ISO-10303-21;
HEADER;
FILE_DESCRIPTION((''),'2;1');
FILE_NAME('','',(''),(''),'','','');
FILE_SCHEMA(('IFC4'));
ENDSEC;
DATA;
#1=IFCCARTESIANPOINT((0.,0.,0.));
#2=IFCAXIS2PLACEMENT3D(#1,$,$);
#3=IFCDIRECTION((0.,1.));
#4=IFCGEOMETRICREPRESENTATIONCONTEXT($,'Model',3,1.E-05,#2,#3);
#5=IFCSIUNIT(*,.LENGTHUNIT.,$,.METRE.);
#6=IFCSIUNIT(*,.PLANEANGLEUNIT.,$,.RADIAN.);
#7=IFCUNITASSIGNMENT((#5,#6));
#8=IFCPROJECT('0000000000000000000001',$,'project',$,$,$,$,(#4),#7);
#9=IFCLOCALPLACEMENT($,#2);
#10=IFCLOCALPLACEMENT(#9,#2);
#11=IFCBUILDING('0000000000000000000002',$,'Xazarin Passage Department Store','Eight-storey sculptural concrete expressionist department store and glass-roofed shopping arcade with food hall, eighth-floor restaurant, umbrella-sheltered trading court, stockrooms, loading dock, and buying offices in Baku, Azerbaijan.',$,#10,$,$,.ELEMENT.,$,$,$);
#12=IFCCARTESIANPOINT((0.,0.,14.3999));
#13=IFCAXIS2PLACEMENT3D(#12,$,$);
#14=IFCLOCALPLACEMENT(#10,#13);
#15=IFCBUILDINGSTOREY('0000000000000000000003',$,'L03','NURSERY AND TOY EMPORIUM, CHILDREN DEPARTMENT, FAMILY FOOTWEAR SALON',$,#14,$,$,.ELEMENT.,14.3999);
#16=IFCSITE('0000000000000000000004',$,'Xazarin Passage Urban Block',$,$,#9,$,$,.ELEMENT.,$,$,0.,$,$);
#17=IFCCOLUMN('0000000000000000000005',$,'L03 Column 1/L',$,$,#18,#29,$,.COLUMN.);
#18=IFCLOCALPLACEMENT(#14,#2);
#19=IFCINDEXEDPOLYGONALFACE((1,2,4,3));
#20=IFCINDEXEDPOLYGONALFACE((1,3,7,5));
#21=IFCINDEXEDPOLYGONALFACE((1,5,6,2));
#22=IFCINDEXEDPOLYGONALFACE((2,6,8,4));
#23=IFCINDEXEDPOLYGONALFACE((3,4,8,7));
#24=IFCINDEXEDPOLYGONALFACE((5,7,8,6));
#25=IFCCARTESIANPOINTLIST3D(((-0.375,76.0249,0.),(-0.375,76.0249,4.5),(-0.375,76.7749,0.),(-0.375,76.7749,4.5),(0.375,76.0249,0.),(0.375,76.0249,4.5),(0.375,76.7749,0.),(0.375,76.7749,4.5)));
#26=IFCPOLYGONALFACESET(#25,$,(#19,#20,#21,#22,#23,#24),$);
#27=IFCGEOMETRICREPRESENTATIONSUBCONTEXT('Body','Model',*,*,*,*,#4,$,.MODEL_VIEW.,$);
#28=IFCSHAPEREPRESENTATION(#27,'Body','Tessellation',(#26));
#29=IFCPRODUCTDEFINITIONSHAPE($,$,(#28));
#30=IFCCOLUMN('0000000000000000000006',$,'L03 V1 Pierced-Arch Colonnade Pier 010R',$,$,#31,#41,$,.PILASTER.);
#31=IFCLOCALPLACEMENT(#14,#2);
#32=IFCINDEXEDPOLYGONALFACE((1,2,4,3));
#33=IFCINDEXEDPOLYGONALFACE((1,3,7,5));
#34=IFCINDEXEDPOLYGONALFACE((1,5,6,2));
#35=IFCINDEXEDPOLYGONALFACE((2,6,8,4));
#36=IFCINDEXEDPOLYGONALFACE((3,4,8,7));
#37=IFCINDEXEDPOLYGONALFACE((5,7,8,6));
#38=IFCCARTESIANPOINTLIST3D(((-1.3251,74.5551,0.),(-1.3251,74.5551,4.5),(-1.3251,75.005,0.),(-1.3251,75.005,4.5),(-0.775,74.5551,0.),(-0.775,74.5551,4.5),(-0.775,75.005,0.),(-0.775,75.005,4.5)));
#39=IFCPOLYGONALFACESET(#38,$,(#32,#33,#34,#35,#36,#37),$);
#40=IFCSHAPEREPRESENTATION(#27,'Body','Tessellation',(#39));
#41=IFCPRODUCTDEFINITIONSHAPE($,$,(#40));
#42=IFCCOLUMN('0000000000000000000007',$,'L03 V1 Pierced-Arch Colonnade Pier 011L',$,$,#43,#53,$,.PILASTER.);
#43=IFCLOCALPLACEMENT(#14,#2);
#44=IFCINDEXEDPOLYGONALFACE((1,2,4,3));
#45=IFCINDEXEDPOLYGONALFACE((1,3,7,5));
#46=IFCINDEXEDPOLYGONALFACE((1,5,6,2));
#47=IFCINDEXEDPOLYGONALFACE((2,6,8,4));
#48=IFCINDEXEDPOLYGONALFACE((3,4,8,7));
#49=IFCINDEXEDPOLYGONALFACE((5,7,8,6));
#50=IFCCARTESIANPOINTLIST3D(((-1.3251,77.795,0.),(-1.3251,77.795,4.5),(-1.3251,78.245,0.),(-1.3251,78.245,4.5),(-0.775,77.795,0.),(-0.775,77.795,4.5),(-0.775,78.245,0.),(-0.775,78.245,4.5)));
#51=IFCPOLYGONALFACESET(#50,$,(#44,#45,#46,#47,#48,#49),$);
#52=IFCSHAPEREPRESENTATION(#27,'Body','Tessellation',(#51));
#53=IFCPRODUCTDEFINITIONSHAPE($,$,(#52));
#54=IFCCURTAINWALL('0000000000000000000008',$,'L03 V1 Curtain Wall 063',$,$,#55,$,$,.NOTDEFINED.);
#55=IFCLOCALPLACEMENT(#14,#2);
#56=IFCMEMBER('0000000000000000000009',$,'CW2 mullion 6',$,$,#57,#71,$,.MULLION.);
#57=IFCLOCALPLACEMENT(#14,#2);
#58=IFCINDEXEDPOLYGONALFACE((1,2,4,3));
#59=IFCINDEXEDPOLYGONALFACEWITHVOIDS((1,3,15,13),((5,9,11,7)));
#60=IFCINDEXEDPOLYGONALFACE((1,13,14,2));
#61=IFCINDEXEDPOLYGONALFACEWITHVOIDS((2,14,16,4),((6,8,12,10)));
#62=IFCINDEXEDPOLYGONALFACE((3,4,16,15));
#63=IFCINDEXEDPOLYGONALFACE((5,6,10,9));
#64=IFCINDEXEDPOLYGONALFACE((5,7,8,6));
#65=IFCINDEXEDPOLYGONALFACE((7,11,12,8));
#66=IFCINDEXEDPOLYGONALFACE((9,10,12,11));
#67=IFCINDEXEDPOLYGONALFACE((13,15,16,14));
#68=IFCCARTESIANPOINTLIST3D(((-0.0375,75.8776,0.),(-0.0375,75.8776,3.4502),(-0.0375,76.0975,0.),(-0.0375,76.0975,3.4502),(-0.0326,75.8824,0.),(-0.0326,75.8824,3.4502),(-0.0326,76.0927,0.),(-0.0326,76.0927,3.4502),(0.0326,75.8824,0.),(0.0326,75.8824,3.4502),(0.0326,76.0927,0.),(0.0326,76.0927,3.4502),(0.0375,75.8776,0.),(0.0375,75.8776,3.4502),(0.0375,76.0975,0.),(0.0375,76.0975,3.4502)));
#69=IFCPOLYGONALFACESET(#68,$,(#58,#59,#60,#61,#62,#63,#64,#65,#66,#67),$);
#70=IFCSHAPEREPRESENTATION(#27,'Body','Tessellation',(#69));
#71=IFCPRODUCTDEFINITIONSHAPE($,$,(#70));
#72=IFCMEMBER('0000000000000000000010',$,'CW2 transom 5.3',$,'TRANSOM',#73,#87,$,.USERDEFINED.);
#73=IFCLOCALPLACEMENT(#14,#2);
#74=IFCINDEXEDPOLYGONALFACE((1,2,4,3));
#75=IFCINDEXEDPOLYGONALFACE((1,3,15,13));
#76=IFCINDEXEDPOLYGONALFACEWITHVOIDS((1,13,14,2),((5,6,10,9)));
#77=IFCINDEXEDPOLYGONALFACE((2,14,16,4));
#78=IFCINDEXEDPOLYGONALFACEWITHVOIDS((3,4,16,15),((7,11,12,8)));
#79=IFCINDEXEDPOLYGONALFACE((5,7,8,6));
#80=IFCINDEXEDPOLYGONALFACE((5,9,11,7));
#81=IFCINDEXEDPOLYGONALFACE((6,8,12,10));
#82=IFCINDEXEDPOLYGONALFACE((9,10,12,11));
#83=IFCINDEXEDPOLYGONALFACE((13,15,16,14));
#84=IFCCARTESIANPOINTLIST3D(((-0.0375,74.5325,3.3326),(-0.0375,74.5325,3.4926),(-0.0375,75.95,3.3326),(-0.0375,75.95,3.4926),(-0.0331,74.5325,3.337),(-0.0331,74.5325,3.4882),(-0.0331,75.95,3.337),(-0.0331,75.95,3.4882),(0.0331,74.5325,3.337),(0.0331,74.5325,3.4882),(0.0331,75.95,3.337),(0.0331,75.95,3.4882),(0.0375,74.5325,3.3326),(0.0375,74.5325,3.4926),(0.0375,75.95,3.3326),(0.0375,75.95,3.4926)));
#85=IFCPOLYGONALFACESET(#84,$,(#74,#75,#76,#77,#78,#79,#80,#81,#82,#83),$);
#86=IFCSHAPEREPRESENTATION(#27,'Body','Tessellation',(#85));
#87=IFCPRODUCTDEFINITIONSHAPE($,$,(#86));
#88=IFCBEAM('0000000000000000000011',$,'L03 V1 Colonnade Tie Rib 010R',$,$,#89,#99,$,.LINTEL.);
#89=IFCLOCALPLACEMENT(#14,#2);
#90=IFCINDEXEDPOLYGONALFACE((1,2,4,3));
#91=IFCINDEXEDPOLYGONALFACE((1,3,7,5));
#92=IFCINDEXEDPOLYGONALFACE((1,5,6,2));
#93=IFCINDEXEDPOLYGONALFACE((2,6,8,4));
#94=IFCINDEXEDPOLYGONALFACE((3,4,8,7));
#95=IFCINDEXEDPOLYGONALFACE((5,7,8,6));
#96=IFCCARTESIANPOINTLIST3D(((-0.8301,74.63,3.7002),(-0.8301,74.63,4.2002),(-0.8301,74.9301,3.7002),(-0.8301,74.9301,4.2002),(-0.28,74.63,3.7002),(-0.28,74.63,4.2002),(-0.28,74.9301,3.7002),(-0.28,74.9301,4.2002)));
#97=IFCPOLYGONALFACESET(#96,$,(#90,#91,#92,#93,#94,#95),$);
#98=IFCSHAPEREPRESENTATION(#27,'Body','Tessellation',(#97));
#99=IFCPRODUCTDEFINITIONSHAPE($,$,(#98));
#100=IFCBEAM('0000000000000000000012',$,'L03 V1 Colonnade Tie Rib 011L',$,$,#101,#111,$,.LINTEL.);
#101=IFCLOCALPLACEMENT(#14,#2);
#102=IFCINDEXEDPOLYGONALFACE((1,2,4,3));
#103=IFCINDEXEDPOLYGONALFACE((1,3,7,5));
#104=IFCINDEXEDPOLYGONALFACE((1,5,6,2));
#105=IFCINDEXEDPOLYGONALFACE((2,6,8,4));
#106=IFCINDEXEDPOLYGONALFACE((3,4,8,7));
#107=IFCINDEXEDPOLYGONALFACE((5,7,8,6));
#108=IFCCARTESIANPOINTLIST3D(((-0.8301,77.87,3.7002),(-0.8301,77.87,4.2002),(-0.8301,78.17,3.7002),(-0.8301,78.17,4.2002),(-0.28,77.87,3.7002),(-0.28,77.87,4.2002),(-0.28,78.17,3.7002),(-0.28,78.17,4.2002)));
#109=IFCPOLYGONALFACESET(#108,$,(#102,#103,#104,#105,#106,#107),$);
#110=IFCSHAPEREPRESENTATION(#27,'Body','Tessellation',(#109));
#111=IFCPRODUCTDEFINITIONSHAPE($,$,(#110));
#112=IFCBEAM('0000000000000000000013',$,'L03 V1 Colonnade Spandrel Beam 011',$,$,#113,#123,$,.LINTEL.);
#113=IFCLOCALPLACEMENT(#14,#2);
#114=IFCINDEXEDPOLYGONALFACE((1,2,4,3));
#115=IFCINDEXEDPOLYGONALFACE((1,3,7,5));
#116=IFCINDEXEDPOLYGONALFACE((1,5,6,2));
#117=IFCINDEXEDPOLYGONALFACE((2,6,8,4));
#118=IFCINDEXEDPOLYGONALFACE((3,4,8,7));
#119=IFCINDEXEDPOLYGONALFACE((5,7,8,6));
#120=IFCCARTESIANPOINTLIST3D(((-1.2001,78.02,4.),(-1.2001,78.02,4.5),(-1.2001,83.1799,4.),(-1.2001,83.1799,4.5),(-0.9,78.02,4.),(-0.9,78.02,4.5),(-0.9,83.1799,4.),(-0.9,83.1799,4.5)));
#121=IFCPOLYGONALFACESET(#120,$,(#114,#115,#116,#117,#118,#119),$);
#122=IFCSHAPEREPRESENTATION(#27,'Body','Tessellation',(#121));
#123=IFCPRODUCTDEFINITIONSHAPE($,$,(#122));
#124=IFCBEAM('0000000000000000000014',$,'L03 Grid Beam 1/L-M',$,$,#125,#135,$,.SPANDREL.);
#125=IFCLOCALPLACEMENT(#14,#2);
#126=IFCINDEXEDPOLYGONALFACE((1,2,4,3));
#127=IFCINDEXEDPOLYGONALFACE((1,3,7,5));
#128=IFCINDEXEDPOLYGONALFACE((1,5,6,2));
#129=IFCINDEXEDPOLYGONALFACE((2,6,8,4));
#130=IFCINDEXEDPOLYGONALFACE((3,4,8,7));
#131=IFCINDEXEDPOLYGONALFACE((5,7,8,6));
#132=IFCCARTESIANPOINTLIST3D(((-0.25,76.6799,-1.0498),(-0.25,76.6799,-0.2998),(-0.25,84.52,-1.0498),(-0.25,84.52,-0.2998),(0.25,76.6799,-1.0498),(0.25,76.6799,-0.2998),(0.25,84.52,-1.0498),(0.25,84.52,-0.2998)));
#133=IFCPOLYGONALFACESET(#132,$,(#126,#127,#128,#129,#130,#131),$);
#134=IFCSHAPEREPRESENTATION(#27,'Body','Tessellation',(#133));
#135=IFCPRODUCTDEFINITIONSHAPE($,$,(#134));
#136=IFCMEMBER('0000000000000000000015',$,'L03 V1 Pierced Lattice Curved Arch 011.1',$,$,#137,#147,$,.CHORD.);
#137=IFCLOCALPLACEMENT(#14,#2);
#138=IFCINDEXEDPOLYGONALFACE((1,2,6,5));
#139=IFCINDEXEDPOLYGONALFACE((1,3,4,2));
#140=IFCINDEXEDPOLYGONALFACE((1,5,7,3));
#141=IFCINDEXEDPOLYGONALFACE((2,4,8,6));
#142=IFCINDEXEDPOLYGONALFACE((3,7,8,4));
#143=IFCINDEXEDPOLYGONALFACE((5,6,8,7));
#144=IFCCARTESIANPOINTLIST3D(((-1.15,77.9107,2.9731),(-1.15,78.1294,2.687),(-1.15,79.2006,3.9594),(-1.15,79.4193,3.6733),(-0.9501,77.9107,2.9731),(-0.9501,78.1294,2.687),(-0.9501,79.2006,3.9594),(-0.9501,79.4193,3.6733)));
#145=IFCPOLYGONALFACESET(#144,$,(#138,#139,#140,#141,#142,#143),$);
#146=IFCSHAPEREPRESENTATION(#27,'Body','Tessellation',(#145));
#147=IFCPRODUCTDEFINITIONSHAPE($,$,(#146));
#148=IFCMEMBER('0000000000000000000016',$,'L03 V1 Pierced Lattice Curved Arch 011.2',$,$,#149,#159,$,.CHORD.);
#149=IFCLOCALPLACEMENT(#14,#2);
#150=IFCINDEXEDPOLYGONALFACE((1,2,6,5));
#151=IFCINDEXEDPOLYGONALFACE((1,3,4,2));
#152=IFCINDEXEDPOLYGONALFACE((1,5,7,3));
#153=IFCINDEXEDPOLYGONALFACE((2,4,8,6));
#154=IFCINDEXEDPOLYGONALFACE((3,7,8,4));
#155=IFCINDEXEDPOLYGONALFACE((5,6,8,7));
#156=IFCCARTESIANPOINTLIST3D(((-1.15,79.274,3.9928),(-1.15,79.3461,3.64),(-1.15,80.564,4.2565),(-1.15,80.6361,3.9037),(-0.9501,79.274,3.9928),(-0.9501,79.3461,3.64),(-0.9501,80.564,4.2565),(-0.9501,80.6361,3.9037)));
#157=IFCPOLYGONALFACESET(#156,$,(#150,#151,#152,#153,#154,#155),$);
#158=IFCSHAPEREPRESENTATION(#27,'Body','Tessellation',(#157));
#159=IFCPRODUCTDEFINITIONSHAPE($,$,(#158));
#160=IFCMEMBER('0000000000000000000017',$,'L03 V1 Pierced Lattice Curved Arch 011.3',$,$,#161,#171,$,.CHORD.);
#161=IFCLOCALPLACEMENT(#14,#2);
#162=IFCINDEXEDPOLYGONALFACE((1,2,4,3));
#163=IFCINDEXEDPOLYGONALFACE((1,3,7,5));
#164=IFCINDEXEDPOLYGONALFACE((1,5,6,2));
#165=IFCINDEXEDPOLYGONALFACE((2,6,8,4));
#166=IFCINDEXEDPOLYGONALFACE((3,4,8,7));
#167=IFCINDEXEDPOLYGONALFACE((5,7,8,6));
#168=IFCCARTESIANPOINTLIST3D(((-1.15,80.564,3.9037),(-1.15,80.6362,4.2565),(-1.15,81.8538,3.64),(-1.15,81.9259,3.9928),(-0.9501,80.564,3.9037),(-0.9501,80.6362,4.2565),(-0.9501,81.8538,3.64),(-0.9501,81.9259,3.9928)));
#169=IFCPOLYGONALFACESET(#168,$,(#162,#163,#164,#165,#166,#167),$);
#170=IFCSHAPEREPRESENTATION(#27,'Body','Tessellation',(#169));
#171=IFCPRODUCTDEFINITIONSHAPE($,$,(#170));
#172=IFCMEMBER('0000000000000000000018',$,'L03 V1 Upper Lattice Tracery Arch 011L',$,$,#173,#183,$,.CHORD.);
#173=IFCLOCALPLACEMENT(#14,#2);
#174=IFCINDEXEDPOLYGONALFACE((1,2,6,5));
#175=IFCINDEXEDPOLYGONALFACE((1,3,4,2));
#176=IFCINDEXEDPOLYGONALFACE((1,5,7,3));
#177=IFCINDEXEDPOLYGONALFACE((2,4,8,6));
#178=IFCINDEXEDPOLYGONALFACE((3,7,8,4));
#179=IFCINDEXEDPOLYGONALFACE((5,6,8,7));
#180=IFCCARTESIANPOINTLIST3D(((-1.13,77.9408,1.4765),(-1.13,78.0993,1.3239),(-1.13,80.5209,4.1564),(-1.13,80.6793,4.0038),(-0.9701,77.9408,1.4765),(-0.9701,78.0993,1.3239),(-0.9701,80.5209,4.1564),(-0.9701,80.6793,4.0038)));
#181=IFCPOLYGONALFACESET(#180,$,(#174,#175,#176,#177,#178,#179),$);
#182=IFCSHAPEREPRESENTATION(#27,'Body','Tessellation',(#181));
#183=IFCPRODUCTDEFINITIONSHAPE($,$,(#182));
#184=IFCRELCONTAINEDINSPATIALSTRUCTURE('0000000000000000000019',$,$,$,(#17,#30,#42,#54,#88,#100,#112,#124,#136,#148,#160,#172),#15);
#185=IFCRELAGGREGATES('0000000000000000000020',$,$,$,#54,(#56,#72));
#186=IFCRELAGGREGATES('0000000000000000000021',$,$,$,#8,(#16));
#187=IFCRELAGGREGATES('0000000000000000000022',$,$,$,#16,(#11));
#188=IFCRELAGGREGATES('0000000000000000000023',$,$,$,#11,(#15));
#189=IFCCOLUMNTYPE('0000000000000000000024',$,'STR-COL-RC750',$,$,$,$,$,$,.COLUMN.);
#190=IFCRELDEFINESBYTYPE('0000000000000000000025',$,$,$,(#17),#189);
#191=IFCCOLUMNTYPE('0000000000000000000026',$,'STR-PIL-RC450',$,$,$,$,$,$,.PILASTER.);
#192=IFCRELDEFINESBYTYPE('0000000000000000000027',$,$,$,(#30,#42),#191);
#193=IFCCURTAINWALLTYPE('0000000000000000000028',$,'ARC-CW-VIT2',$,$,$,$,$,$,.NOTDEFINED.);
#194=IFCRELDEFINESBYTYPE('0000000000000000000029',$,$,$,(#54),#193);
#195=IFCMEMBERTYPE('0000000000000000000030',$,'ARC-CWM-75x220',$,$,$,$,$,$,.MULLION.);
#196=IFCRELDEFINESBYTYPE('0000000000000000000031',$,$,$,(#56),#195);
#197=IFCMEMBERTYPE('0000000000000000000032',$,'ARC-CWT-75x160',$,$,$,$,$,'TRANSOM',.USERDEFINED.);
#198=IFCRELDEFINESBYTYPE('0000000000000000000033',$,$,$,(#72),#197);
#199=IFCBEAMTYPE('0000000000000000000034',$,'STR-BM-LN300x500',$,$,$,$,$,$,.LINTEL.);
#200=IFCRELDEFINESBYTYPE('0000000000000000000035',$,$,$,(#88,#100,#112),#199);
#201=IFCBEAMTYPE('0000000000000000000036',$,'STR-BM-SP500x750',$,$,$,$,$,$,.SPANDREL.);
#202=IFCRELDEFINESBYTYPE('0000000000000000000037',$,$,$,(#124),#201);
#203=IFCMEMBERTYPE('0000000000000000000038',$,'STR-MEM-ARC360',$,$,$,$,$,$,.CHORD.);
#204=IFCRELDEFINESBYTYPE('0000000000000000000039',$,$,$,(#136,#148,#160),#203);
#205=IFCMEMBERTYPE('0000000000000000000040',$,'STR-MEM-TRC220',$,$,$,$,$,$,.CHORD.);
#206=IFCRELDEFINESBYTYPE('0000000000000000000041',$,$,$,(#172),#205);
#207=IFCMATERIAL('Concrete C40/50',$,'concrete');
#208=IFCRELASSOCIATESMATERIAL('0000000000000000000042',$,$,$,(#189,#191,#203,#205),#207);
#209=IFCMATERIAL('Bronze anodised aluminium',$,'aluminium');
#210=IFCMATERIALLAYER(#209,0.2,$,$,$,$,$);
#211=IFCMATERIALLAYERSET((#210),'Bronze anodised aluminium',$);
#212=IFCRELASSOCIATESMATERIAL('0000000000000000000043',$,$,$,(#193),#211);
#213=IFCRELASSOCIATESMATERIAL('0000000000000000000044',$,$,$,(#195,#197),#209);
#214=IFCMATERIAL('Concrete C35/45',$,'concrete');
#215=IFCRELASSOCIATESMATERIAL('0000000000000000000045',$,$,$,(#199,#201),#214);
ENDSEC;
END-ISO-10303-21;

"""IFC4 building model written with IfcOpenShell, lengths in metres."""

from ifc_helpers import new_model, si_unit, direction, frame, origin, origin_2d, place, context, subcontext, project, spatial, rectangle, hollow_rectangle, extrude, material, layer, layer_set, material_profile, profile_set, type_object, element, aggregate, save


model = new_model("IFC4")

# Units and contexts
model_context = context("Model", 3, precision=1e-05, world=origin(), true_north=direction((0.0, 1.0)))
body_context = subcontext(model_context, "Body", "Model", "MODEL_VIEW")
ifc_project = project(units=[si_unit("LENGTHUNIT", "METRE"), si_unit("PLANEANGLEUNIT", "RADIAN")], contexts=[model_context])

# Site, building, storey
site_placement = place(None, origin())
site = spatial("IfcSite", under=ifc_project, at=site_placement, Name="Xazarin Passage Urban Block", CompositionType="ELEMENT", RefElevation=0.0)
building_placement = place(site_placement, origin())
building = spatial("IfcBuilding", under=site, at=building_placement, Name="Xazarin Passage Department Store", Description="Eight-storey sculptural concrete expressionist department store and glass-roofed shopping arcade with food hall, eighth-floor restaurant, umbrella-sheltered trading court, stockrooms, loading dock, and buying offices in Baku, Azerbaijan.", CompositionType="ELEMENT")
storey_placement = place(building_placement, frame((0.0, 0.0, 14.3999)))
storey = spatial("IfcBuildingStorey", under=building, at=storey_placement, Name="L03", Description="NURSERY AND TOY EMPORIUM, CHILDREN DEPARTMENT, FAMILY FOOTWEAR SALON", CompositionType="ELEMENT", Elevation=14.3999)

# Columns
ifc_material_1 = material(Name="Concrete C40/50", Category="concrete")
ifc_material_profile_1 = material_profile(ifc_material_1, rectangle(XDim=0.75, YDim=0.75, at=origin_2d()), Name="RC 750x750")
ifc_profile_set_1 = profile_set([ifc_material_profile_1], Name="Concrete C40/50")
column_type_1 = type_object("IfcColumnType", Name="STR-COL-RC750", PredefinedType="COLUMN", material=ifc_profile_set_1)
column_placement = place(storey_placement, frame((0.0, 76.3999, 0.0), z_axis=(0.0, 0.0, 1.0), x_axis=(1.0, 0.0, 0.0)))
element("IfcColumn", 1, at=column_placement, inside=storey, type_object=column_type_1, Name="L03 Column 1/L", PredefinedType="COLUMN", context=body_context, shape_type="SweptSolid", body=[
    extrude(rectangle(XDim=0.75, YDim=0.75, at=origin_2d()), origin(), (0.0, 0.0, 1.0), 4.5),
])
ifc_material_profile_2 = material_profile(ifc_material_1, rectangle(XDim=0.45, YDim=0.55, at=origin_2d()), Name="RC 450x550")
ifc_profile_set_2 = profile_set([ifc_material_profile_2], Name="Concrete C40/50")
column_type_2 = type_object("IfcColumnType", Name="STR-PIL-RC450", PredefinedType="PILASTER", material=ifc_profile_set_2)
for number, where, z_axis, x_axis, name in (
    (2, (-1.05, 74.78, 0.0), (0.0, 0.0, 1.0), (0.0, 1.0, 0.0), "L03 V1 Pierced-Arch Colonnade Pier 010R"),
    (3, (-1.05, 78.02, 0.0), (0.0, 0.0, 1.0), (0.0, 1.0, 0.0), "L03 V1 Pierced-Arch Colonnade Pier 011L"),
):
    element("IfcColumn", number, at=place(storey_placement, frame(where, z_axis=z_axis, x_axis=x_axis)), inside=storey, type_object=column_type_2, Name=name, PredefinedType="PILASTER", context=body_context, shape_type="SweptSolid", body=[
        extrude(rectangle(XDim=0.45, YDim=0.55, at=origin_2d()), origin(), (0.0, 0.0, 1.0), 4.5),
    ])

# Curtain wall, members
ifc_material_2 = material(Name="Bronze anodised aluminium", Category="aluminium")
ifc_layer_1 = layer(ifc_material_2, 0.2)
ifc_layer_set_1 = layer_set([ifc_layer_1], Name="Bronze anodised aluminium")
curtain_wall_type = type_object("IfcCurtainWallType", Name="ARC-CW-VIT2", PredefinedType="NOTDEFINED", material=ifc_layer_set_1)
curtain_wall_placement = place(storey_placement, origin())
curtain_wall = element("IfcCurtainWall", 4, at=curtain_wall_placement, inside=storey, type_object=curtain_wall_type, Name="L03 V1 Curtain Wall 063", PredefinedType="NOTDEFINED")
ifc_material_profile_3 = material_profile(ifc_material_2, hollow_rectangle(XDim=0.075, YDim=0.22, WallThickness=0.0049, at=origin_2d()), Name="ALU 75x220")
ifc_profile_set_3 = profile_set([ifc_material_profile_3], Name="Bronze anodised aluminium")
member_type_1 = type_object("IfcMemberType", Name="ARC-CWM-75x220", PredefinedType="MULLION", material=ifc_profile_set_3)
member_1_placement = place(storey_placement, frame((0.0, 75.9875, 0.0), z_axis=(0.0, 0.0, 1.0), x_axis=(-1.0, 0.0, 0.0)))
member_1 = element("IfcMember", 5, at=member_1_placement, type_object=member_type_1, Name="CW2 mullion 6", PredefinedType="MULLION", context=body_context, shape_type="SweptSolid", body=[
    extrude(hollow_rectangle(XDim=0.075, YDim=0.22, WallThickness=0.0049, at=origin_2d()), origin(), (0.0, 0.0, 1.0), 3.4502),
])
ifc_material_profile_4 = material_profile(ifc_material_2, hollow_rectangle(XDim=0.075, YDim=0.1599, WallThickness=0.0044, at=origin_2d()), Name="ALU 75x160")
ifc_profile_set_4 = profile_set([ifc_material_profile_4], Name="Bronze anodised aluminium")
member_type_2 = type_object("IfcMemberType", Name="ARC-CWT-75x160", ElementType="TRANSOM", PredefinedType="USERDEFINED", material=ifc_profile_set_4)
member_2_placement = place(storey_placement, frame((0.0, 74.5325, 3.4126), z_axis=(0.0, 1.0, 0.0), x_axis=(-1.0, 0.0, 0.0)))
member_2 = element("IfcMember", 6, at=member_2_placement, type_object=member_type_2, Name="CW2 transom 5.3", ObjectType="TRANSOM", PredefinedType="USERDEFINED", context=body_context, shape_type="SweptSolid", body=[
    extrude(hollow_rectangle(XDim=0.075, YDim=0.1599, WallThickness=0.0044, at=origin_2d()), origin(), (0.0, 0.0, 1.0), 1.4175),
])

# Beams
ifc_material_3 = material(Name="Concrete C35/45", Category="concrete")
ifc_material_profile_5 = material_profile(ifc_material_3, rectangle(XDim=0.3, YDim=0.5, at=origin_2d()), Name="RC 300x500")
ifc_profile_set_5 = profile_set([ifc_material_profile_5], Name="Concrete C35/45")
beam_type_1 = type_object("IfcBeamType", Name="STR-BM-LN300x500", PredefinedType="LINTEL", material=ifc_profile_set_5)
for number, where, z_axis, x_axis, name in (
    (7, (-0.28, 74.78, 3.9502), (-1.0, 0.0, 0.0), (0.0, -1.0, 0.0), "L03 V1 Colonnade Tie Rib 010R"),
    (8, (-0.28, 78.02, 3.9502), (-1.0, 0.0, 0.0), (0.0, -1.0, 0.0), "L03 V1 Colonnade Tie Rib 011L"),
):
    element("IfcBeam", number, at=place(storey_placement, frame(where, z_axis=z_axis, x_axis=x_axis)), inside=storey, type_object=beam_type_1, Name=name, PredefinedType="LINTEL", context=body_context, shape_type="SweptSolid", body=[
        extrude(rectangle(XDim=0.3, YDim=0.5, at=origin_2d()), origin(), (0.0, 0.0, 1.0), 0.55),
    ])
beam_1_placement = place(storey_placement, frame((-1.05, 78.02, 4.25), z_axis=(0.0, 1.0, 0.0), x_axis=(-1.0, 0.0, 0.0)))
element("IfcBeam", 9, at=beam_1_placement, inside=storey, type_object=beam_type_1, Name="L03 V1 Colonnade Spandrel Beam 011", PredefinedType="LINTEL", context=body_context, shape_type="SweptSolid", body=[
    extrude(rectangle(XDim=0.3, YDim=0.5, at=origin_2d()), origin(), (0.0, 0.0, 1.0), 5.1599),
])
ifc_material_profile_6 = material_profile(ifc_material_3, rectangle(XDim=0.5, YDim=0.75, at=origin_2d()), Name="RC 500x750")
ifc_profile_set_6 = profile_set([ifc_material_profile_6], Name="Concrete C35/45")
beam_type_2 = type_object("IfcBeamType", Name="STR-BM-SP500x750", PredefinedType="SPANDREL", material=ifc_profile_set_6)
beam_2_placement = place(storey_placement, frame((0.0, 76.6799, -0.6748), z_axis=(0.0, 1.0, 0.0), x_axis=(-1.0, 0.0, 0.0)))
element("IfcBeam", 10, at=beam_2_placement, inside=storey, type_object=beam_type_2, Name="L03 Grid Beam 1/L-M", PredefinedType="SPANDREL", context=body_context, shape_type="SweptSolid", body=[
    extrude(rectangle(XDim=0.5, YDim=0.75, at=origin_2d()), origin(), (0.0, 0.0, 1.0), 7.8401),
])

# Members
ifc_material_profile_7 = material_profile(ifc_material_1, rectangle(XDim=0.2, YDim=0.3601, at=origin_2d()), Name="RC 200x360")
ifc_profile_set_7 = profile_set([ifc_material_profile_7], Name="Concrete C40/50")
member_type_3 = type_object("IfcMemberType", Name="STR-MEM-ARC360", PredefinedType="CHORD", material=ifc_profile_set_7)
member_3_placement = place(storey_placement, frame((-1.05, 78.02, 2.8301), z_axis=(0.0, 0.794409, 0.607383), x_axis=(-1.0, 0.0, 0.0)))
element("IfcMember", 11, at=member_3_placement, inside=storey, type_object=member_type_3, Name="L03 V1 Pierced Lattice Curved Arch 011.1", PredefinedType="CHORD", context=body_context, shape_type="SweptSolid", body=[
    extrude(rectangle(XDim=0.2, YDim=0.3601, at=origin_2d()), origin(), (0.0, 0.0, 1.0), 1.6238),
])
member_4_placement = place(storey_placement, frame((-1.05, 79.3101, 3.8164), z_axis=(0.0, 0.979745, 0.200251), x_axis=(-1.0, 0.0, 0.0)))
element("IfcMember", 12, at=member_4_placement, inside=storey, type_object=member_type_3, Name="L03 V1 Pierced Lattice Curved Arch 011.2", PredefinedType="CHORD", context=body_context, shape_type="SweptSolid", body=[
    extrude(rectangle(XDim=0.2, YDim=0.3601, at=origin_2d()), origin(), (0.0, 0.0, 1.0), 1.3167),
])
member_5_placement = place(storey_placement, frame((-1.05, 80.6001, 4.0801), z_axis=(0.0, 0.979737, -0.200287), x_axis=(-1.0, 0.0, 0.0)))
element("IfcMember", 13, at=member_5_placement, inside=storey, type_object=member_type_3, Name="L03 V1 Pierced Lattice Curved Arch 011.3", PredefinedType="CHORD", context=body_context, shape_type="SweptSolid", body=[
    extrude(rectangle(XDim=0.2, YDim=0.3601, at=origin_2d()), origin(), (0.0, 0.0, 1.0), 1.3164),
])
ifc_material_profile_8 = material_profile(ifc_material_1, rectangle(XDim=0.1599, YDim=0.22, at=origin_2d()), Name="RC 160x220")
ifc_profile_set_8 = profile_set([ifc_material_profile_8], Name="Concrete C40/50")
member_type_4 = type_object("IfcMemberType", Name="STR-MEM-TRC220", PredefinedType="CHORD", material=ifc_profile_set_8)
for number, where, z_axis, x_axis, name in (
    (14, (-1.05, 80.6001, 4.0801), (0.0, -0.693558, -0.7204), (1.0, 0.0, 0.0), "L03 V1 Upper Lattice Tracery Arch 011L"),
):
    element("IfcMember", number, at=place(storey_placement, frame(where, z_axis=z_axis, x_axis=x_axis)), inside=storey, type_object=member_type_4, Name=name, PredefinedType="CHORD", context=body_context, shape_type="SweptSolid", body=[
        extrude(rectangle(XDim=0.1599, YDim=0.22, at=origin_2d()), origin(), (0.0, 0.0, 1.0), 3.72),
    ])

aggregate(curtain_wall, [member_1, member_2])

save(model, "model.ifc")
